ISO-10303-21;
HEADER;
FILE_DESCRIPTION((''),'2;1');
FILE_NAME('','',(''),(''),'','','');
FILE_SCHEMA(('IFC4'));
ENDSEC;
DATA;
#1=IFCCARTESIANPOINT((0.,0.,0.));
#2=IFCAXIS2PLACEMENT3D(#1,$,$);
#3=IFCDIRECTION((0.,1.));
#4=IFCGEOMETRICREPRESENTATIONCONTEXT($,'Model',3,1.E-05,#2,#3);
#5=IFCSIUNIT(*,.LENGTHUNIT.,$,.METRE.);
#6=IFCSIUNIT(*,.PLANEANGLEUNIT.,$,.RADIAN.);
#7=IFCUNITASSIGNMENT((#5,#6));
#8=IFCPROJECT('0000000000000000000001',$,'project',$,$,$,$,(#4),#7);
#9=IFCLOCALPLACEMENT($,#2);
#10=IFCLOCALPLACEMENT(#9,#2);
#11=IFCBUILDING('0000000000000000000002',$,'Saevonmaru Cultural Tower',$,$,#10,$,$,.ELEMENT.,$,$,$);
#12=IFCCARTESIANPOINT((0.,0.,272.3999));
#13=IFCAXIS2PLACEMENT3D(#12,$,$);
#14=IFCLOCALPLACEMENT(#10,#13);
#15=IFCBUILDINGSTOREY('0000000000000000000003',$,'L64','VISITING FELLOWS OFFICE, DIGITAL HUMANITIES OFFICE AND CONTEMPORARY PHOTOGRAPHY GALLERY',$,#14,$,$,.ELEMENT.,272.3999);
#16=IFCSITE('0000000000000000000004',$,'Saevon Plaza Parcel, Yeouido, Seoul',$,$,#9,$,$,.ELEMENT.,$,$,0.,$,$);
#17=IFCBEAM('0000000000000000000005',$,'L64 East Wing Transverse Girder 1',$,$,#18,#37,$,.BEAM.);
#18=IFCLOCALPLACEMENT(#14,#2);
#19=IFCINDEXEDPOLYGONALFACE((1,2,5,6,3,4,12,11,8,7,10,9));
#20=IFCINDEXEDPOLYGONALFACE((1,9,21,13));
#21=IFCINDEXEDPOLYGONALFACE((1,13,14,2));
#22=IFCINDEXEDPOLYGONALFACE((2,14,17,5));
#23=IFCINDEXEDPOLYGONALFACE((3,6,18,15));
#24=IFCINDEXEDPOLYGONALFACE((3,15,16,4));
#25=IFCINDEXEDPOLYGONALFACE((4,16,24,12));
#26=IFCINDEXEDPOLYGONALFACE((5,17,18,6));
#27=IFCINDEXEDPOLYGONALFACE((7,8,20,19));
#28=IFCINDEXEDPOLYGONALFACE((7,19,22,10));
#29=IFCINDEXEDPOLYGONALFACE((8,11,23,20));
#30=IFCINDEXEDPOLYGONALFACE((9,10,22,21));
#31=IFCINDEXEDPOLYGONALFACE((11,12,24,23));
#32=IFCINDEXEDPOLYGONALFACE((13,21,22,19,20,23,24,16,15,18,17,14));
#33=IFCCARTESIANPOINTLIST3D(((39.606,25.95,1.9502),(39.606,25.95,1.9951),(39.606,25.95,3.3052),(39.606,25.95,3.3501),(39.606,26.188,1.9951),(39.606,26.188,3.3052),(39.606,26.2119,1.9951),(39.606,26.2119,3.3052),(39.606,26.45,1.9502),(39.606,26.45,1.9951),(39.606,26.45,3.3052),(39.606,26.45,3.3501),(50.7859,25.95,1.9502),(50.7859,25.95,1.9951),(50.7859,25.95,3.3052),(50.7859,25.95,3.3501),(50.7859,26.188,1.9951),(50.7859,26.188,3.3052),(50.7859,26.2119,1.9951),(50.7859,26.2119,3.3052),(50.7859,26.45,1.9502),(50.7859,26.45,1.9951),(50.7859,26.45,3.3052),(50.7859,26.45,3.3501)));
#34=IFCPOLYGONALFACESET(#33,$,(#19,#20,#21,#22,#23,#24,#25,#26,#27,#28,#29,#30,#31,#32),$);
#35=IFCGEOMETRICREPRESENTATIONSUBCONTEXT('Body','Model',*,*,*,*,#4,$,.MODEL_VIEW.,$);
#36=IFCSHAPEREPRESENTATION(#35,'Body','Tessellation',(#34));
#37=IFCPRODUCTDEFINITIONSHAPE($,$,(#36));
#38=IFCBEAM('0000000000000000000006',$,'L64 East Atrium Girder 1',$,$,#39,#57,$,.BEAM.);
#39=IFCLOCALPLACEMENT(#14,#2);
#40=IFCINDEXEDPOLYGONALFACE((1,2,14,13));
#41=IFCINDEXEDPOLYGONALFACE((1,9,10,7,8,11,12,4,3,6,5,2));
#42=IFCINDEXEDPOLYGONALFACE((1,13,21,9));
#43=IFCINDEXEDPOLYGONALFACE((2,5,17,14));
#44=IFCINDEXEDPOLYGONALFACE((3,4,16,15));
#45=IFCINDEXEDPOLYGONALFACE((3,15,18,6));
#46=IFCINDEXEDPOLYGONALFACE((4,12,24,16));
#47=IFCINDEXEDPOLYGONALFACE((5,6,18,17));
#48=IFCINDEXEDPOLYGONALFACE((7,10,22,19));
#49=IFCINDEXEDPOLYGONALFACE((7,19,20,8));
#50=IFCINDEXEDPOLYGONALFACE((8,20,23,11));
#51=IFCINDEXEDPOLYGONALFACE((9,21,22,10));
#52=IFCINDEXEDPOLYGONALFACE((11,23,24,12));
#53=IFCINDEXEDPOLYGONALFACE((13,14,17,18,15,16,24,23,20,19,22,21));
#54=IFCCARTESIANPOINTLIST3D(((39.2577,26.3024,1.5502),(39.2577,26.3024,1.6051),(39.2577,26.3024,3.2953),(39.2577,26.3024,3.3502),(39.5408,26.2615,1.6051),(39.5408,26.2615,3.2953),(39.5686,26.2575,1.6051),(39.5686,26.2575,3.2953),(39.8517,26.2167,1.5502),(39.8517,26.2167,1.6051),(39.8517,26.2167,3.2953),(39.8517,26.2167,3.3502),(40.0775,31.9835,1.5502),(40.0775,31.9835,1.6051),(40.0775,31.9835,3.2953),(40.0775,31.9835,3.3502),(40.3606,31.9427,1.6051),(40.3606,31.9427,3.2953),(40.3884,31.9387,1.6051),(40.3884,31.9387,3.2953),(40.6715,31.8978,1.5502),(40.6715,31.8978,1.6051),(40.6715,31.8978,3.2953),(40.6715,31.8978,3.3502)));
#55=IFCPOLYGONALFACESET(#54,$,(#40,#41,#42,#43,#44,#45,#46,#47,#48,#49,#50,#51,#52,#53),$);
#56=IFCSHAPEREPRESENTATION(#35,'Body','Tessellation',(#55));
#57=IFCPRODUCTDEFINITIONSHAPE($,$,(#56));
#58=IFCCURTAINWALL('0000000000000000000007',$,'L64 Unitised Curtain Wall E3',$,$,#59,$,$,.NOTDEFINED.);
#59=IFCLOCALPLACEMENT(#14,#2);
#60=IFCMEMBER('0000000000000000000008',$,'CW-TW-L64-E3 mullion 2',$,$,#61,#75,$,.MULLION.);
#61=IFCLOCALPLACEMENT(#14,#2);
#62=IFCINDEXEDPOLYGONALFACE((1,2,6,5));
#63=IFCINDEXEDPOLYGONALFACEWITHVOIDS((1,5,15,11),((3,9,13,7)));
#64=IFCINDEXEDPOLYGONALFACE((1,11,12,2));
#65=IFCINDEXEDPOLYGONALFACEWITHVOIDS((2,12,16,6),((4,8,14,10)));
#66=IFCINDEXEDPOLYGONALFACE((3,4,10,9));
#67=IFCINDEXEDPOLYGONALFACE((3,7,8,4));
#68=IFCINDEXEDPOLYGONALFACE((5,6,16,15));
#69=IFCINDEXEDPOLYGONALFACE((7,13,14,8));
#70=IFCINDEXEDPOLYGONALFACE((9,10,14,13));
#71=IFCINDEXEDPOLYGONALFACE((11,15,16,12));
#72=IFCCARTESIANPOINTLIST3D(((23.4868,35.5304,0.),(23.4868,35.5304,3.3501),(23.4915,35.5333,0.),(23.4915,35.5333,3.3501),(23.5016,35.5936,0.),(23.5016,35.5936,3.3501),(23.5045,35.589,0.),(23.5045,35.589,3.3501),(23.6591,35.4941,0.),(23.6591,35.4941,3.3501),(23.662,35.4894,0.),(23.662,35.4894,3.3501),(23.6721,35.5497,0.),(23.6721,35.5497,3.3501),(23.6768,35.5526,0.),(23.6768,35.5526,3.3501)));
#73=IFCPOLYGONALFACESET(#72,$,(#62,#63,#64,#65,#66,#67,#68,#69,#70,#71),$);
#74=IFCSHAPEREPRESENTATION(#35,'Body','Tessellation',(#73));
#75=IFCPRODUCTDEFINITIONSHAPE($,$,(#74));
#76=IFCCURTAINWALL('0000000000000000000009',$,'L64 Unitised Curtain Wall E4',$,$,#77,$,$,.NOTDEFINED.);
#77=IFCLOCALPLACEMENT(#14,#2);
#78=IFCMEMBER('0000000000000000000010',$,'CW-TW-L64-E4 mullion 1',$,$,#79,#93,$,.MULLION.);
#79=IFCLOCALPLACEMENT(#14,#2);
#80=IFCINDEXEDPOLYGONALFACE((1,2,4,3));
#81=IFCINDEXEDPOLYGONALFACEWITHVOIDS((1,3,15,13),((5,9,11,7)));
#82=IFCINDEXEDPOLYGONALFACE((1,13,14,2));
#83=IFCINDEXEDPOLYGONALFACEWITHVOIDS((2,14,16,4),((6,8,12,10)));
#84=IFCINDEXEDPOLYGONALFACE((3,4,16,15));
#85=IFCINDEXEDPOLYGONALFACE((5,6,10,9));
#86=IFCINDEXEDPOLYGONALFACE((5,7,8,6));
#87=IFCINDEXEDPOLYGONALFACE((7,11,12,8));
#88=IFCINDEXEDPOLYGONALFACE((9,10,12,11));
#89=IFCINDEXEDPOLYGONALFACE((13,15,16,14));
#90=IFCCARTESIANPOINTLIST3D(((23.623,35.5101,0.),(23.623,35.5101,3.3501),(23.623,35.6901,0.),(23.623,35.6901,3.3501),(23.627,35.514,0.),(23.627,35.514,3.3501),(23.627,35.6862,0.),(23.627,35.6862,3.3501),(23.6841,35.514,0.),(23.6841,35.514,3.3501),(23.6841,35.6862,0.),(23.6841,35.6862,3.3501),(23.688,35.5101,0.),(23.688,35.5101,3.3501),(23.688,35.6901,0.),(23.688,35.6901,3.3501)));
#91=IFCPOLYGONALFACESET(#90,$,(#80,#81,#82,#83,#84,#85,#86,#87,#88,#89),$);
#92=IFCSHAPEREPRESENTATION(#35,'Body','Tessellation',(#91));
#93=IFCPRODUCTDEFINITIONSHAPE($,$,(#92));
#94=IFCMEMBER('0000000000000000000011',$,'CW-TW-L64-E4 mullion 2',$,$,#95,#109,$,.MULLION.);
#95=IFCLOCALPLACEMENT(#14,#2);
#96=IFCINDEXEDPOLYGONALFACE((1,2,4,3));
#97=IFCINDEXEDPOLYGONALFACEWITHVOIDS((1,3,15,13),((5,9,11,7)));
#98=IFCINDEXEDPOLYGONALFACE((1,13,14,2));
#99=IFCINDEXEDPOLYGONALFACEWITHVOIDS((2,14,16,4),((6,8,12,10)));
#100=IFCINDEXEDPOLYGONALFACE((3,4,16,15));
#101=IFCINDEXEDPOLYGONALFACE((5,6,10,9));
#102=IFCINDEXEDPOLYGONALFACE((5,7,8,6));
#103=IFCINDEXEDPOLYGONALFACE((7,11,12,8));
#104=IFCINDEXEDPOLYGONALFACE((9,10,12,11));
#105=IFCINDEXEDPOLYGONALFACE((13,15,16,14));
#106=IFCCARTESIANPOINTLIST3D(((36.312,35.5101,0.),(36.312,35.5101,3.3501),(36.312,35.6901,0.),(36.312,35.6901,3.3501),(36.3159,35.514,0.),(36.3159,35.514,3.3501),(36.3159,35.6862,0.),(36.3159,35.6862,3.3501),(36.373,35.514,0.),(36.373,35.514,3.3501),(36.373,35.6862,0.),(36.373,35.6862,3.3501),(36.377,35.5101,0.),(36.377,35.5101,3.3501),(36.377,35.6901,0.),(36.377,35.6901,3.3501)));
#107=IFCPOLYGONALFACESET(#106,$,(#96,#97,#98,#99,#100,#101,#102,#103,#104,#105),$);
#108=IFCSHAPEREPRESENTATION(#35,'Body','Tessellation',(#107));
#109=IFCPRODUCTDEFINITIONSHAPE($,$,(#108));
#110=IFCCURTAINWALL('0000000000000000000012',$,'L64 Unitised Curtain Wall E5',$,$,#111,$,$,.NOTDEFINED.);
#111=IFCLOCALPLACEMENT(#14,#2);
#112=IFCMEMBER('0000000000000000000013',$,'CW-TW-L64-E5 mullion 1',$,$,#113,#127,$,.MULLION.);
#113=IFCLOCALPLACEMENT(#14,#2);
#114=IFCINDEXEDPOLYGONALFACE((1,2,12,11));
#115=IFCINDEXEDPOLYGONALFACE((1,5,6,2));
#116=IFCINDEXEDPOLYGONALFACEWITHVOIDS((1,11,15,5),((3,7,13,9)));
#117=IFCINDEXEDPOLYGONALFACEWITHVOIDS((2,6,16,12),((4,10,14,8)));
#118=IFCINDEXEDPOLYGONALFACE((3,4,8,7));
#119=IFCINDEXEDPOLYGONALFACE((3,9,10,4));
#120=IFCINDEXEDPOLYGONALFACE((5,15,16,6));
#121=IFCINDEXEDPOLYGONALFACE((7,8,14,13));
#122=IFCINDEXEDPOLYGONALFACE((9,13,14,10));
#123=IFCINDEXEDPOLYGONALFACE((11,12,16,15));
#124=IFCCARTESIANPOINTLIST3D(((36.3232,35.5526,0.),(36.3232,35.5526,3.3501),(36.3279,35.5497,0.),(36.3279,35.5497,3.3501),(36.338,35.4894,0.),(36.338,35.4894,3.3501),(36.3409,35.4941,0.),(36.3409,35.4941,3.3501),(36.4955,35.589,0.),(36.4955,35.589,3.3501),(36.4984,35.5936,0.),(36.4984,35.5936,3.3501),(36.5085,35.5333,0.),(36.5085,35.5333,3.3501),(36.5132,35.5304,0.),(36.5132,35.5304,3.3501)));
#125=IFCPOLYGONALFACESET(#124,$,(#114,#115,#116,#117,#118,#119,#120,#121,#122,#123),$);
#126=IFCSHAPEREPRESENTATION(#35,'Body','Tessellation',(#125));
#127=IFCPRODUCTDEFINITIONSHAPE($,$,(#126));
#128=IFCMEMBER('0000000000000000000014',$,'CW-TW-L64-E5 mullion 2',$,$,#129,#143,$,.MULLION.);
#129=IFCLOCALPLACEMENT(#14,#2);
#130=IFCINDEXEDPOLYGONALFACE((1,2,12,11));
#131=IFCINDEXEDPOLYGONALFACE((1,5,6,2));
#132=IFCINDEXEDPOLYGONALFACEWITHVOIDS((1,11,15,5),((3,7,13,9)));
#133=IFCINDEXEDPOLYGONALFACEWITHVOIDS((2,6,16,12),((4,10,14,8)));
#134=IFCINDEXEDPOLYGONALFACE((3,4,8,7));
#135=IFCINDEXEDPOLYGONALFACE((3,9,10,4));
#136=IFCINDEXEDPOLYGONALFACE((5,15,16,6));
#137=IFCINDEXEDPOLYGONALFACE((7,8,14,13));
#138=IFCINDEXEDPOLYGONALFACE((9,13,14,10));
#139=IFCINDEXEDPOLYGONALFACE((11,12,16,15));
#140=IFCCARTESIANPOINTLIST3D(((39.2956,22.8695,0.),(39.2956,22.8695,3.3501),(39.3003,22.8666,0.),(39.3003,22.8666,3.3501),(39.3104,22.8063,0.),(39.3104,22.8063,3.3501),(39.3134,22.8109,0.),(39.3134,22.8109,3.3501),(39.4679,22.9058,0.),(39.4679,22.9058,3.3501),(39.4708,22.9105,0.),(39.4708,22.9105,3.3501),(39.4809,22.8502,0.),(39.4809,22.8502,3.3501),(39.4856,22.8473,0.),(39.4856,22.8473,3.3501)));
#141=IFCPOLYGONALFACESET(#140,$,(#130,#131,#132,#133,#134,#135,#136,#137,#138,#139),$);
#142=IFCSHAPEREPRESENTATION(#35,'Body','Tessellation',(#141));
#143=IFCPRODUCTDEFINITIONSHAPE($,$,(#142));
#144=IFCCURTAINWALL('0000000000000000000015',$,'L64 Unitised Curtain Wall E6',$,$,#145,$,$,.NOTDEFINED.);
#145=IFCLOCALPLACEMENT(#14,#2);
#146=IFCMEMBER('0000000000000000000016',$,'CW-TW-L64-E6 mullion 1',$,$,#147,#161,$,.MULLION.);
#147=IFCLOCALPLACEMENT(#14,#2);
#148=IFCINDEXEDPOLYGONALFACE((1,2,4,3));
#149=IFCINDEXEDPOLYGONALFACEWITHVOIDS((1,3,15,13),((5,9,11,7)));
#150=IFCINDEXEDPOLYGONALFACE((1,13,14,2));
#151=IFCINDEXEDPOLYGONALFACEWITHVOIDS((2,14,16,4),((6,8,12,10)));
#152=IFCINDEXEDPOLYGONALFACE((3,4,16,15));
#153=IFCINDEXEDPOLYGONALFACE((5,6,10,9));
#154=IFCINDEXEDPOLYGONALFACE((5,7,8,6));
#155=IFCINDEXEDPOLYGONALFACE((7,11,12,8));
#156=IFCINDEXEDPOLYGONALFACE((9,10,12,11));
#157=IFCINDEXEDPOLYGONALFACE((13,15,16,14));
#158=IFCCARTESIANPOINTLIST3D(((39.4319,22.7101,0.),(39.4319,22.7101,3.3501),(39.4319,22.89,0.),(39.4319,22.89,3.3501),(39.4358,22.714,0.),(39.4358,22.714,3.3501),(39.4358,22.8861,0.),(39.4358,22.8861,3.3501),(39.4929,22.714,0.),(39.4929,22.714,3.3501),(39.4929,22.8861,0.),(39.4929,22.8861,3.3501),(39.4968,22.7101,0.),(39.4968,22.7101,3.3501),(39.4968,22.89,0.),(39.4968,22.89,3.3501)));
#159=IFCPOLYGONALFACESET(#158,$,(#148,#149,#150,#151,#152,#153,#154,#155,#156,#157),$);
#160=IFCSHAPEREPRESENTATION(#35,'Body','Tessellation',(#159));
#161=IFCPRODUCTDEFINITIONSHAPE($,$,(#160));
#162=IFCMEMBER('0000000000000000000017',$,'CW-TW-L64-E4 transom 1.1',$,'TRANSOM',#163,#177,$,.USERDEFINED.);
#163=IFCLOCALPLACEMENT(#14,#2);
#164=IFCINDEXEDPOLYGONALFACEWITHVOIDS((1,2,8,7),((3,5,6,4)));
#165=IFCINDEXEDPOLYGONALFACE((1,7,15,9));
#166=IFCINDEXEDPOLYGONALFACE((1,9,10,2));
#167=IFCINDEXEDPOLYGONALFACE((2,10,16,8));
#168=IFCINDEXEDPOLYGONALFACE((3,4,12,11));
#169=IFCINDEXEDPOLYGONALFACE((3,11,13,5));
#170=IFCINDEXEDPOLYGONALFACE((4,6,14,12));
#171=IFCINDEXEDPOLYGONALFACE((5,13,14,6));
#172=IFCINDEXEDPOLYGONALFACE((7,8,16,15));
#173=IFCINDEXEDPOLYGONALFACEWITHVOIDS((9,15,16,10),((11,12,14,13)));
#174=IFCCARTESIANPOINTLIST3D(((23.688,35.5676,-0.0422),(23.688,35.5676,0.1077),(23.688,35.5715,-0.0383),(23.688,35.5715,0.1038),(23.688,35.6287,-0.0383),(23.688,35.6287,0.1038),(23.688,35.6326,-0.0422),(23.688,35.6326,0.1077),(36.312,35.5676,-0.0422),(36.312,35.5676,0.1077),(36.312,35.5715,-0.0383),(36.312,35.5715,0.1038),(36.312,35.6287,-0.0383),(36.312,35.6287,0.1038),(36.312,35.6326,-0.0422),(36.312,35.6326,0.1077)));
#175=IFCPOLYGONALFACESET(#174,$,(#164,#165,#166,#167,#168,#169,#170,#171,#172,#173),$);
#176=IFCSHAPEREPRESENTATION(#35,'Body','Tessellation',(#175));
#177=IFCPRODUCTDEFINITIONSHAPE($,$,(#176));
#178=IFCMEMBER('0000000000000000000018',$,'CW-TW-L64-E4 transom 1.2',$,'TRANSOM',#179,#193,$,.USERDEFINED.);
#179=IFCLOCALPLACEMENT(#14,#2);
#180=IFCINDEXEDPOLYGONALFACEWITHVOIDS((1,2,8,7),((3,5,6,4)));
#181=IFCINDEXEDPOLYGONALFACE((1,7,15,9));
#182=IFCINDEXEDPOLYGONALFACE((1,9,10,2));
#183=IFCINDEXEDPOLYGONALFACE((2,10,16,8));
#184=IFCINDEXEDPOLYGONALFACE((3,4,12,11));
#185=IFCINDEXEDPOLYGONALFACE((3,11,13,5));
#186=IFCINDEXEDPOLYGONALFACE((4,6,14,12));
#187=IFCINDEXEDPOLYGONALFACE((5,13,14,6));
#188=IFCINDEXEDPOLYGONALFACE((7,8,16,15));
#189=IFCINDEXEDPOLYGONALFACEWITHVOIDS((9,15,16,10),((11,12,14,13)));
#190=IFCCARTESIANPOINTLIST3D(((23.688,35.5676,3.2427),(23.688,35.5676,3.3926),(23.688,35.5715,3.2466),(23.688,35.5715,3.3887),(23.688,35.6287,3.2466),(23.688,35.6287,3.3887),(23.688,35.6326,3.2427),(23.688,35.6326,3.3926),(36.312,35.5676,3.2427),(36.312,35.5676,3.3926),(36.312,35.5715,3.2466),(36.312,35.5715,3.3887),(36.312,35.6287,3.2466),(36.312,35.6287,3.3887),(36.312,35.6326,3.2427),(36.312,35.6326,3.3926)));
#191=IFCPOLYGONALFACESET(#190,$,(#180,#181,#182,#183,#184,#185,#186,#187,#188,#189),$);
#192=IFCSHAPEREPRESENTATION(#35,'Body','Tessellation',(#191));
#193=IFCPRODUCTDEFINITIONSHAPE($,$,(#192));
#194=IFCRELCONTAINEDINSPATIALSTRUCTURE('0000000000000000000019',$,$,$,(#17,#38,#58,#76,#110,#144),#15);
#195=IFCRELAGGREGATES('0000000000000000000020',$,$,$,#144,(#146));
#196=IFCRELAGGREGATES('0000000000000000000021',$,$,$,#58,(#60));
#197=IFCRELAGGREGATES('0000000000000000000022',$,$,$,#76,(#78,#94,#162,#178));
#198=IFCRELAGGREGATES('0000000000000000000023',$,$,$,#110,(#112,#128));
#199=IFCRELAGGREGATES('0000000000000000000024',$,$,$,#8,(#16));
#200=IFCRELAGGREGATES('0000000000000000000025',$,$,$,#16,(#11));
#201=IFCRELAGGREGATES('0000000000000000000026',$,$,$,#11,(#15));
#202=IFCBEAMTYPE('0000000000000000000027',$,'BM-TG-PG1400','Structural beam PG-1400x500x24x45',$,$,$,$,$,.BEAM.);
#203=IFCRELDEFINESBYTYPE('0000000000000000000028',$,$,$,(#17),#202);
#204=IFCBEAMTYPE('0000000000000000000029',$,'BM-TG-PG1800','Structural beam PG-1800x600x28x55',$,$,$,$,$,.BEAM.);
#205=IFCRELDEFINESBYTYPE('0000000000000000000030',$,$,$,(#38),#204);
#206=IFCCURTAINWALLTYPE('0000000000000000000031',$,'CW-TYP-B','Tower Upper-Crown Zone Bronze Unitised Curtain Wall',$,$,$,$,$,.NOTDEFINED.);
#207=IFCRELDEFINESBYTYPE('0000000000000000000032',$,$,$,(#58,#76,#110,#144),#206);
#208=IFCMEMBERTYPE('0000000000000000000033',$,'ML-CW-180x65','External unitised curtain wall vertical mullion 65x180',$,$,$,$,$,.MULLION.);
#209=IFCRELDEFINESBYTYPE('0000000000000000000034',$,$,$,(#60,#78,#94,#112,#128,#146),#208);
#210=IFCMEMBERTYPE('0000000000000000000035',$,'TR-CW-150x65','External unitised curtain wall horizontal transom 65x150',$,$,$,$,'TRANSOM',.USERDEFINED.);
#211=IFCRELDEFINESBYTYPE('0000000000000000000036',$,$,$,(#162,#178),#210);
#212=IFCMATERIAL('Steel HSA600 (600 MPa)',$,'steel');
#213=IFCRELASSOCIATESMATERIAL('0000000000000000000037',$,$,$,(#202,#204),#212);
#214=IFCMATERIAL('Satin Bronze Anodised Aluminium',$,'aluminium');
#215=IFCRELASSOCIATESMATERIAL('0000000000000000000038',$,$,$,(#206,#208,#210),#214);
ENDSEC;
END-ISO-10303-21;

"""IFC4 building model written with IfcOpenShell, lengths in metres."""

from ifc_helpers import new_model, si_unit, direction, frame, origin, origin_2d, place, context, subcontext, project, spatial, hollow_rectangle, i_section, extrude, material, material_profile, profile_set, type_object, element, aggregate, save


model = new_model("IFC4")

# Units and contexts
model_context = context("Model", 3, precision=1e-05, world=origin(), true_north=direction((0.0, 1.0)))
body_context = subcontext(model_context, "Body", "Model", "MODEL_VIEW")
ifc_project = project(units=[si_unit("LENGTHUNIT", "METRE"), si_unit("PLANEANGLEUNIT", "RADIAN")], contexts=[model_context])

# Site, building, storey
site_placement = place(None, origin())
site = spatial("IfcSite", under=ifc_project, at=site_placement, Name="Saevon Plaza Parcel, Yeouido, Seoul", CompositionType="ELEMENT", RefElevation=0.0)
building_placement = place(site_placement, origin())
building = spatial("IfcBuilding", under=site, at=building_placement, Name="Saevonmaru Cultural Tower", CompositionType="ELEMENT")
storey_placement = place(building_placement, frame((0.0, 0.0, 272.3999)))
storey = spatial("IfcBuildingStorey", under=building, at=storey_placement, Name="L64", Description="VISITING FELLOWS OFFICE, DIGITAL HUMANITIES OFFICE AND CONTEMPORARY PHOTOGRAPHY GALLERY", CompositionType="ELEMENT", Elevation=272.3999)

# Beams
ifc_material_1 = material(Name="Steel HSA600 (600 MPa)", Category="steel")
ifc_material_profile_1 = material_profile(ifc_material_1, i_section(OverallWidth=0.5, OverallDepth=1.3999, WebThickness=0.0239, FlangeThickness=0.0449, at=origin_2d()), Name="PG-1400x500x24x45")
ifc_profile_set_1 = profile_set([ifc_material_profile_1], Name="Steel HSA600 (600 MPa)")
beam_type_1 = type_object("IfcBeamType", Name="BM-TG-PG1400", Description="Structural beam PG-1400x500x24x45", PredefinedType="BEAM", material=ifc_profile_set_1)
beam_1_placement = place(storey_placement, frame((39.606, 26.2, 2.6501), z_axis=(1.0, 0.0, 0.0), x_axis=(0.0, 1.0, 0.0)))
element("IfcBeam", 1, at=beam_1_placement, inside=storey, type_object=beam_type_1, Name="L64 East Wing Transverse Girder 1", PredefinedType="BEAM", context=body_context, shape_type="SweptSolid", body=[
    extrude(i_section(OverallWidth=0.5, OverallDepth=1.3999, WebThickness=0.0239, FlangeThickness=0.0449, at=origin_2d()), origin(), (0.0, 0.0, 1.0), 11.1799),
])
ifc_material_profile_2 = material_profile(ifc_material_1, i_section(OverallWidth=0.6001, OverallDepth=1.8, WebThickness=0.0281, FlangeThickness=0.0549, at=origin_2d()), Name="PG-1800x600x28x55")
ifc_profile_set_2 = profile_set([ifc_material_profile_2], Name="Steel HSA600 (600 MPa)")
beam_type_2 = type_object("IfcBeamType", Name="BM-TG-PG1800", Description="Structural beam PG-1800x600x28x55", PredefinedType="BEAM", material=ifc_profile_set_2)
beam_2_placement = place(storey_placement, frame((39.5547, 26.2595, 2.4502), z_axis=(0.142827, 0.989748, 0.0), x_axis=(-0.989748, 0.142827, 0.0)))
element("IfcBeam", 2, at=beam_2_placement, inside=storey, type_object=beam_type_2, Name="L64 East Atrium Girder 1", PredefinedType="BEAM", context=body_context, shape_type="SweptSolid", body=[
    extrude(i_section(OverallWidth=0.6001, OverallDepth=1.8, WebThickness=0.0281, FlangeThickness=0.0549, at=origin_2d()), origin(), (0.0, 0.0, 1.0), 5.74),
])

# Curtain wall, member
ifc_material_2 = material(Name="Satin Bronze Anodised Aluminium", Category="aluminium")
curtain_wall_type = type_object("IfcCurtainWallType", Name="CW-TYP-B", Description="Tower Upper-Crown Zone Bronze Unitised Curtain Wall", PredefinedType="NOTDEFINED", material=ifc_material_2)
curtain_wall_1_placement = place(storey_placement, origin())
curtain_wall_1 = element("IfcCurtainWall", 3, at=curtain_wall_1_placement, inside=storey, type_object=curtain_wall_type, Name="L64 Unitised Curtain Wall E3", PredefinedType="NOTDEFINED")
ifc_material_profile_3 = material_profile(ifc_material_2, hollow_rectangle(XDim=0.0649, YDim=0.1799, WallThickness=0.0039, at=origin_2d()), Name="ALU-MULL-180x65x4")
ifc_profile_set_3 = profile_set([ifc_material_profile_3], Name="Satin Bronze Anodised Aluminium")
member_type_1 = type_object("IfcMemberType", Name="ML-CW-180x65", Description="External unitised curtain wall vertical mullion 65x180", PredefinedType="MULLION", material=ifc_profile_set_3)
member_1_placement = place(storey_placement, frame((23.5818, 35.5415, 0.0), z_axis=(0.0, 0.0, 1.0), x_axis=(0.22819, 0.973617, 0.0)))
member_1 = element("IfcMember", 4, at=member_1_placement, type_object=member_type_1, Name="CW-TW-L64-E3 mullion 2", PredefinedType="MULLION", context=body_context, shape_type="SweptSolid", body=[
    extrude(hollow_rectangle(XDim=0.0649, YDim=0.1799, WallThickness=0.0039, at=origin_2d()), origin(), (0.0, 0.0, 1.0), 3.3501),
])

# Curtain walls, members
curtain_wall_2_placement = place(storey_placement, origin())
curtain_wall_2 = element("IfcCurtainWall", 5, at=curtain_wall_2_placement, inside=storey, type_object=curtain_wall_type, Name="L64 Unitised Curtain Wall E4", PredefinedType="NOTDEFINED")
member_2_placement = place(storey_placement, frame((23.6555, 35.6001, 0.0), z_axis=(0.0, 0.0, 1.0), x_axis=(1.0, 0.0, 0.0)))
member_2 = element("IfcMember", 6, at=member_2_placement, type_object=member_type_1, Name="CW-TW-L64-E4 mullion 1", PredefinedType="MULLION", context=body_context, shape_type="SweptSolid", body=[
    extrude(hollow_rectangle(XDim=0.0649, YDim=0.1799, WallThickness=0.0039, at=origin_2d()), origin(), (0.0, 0.0, 1.0), 3.3501),
])
member_3_placement = place(storey_placement, frame((36.3445, 35.6001, 0.0), z_axis=(0.0, 0.0, 1.0), x_axis=(1.0, 0.0, 0.0)))
member_3 = element("IfcMember", 7, at=member_3_placement, type_object=member_type_1, Name="CW-TW-L64-E4 mullion 2", PredefinedType="MULLION", context=body_context, shape_type="SweptSolid", body=[
    extrude(hollow_rectangle(XDim=0.0649, YDim=0.1799, WallThickness=0.0039, at=origin_2d()), origin(), (0.0, 0.0, 1.0), 3.3501),
])
curtain_wall_3_placement = place(storey_placement, origin())
curtain_wall_3 = element("IfcCurtainWall", 8, at=curtain_wall_3_placement, inside=storey, type_object=curtain_wall_type, Name="L64 Unitised Curtain Wall E5", PredefinedType="NOTDEFINED")
member_4_placement = place(storey_placement, frame((36.4182, 35.5415, 0.0), z_axis=(0.0, 0.0, 1.0), x_axis=(0.22819, -0.973617, 0.0)))
member_4 = element("IfcMember", 9, at=member_4_placement, type_object=member_type_1, Name="CW-TW-L64-E5 mullion 1", PredefinedType="MULLION", context=body_context, shape_type="SweptSolid", body=[
    extrude(hollow_rectangle(XDim=0.0649, YDim=0.1799, WallThickness=0.0039, at=origin_2d()), origin(), (0.0, 0.0, 1.0), 3.3501),
])
member_5_placement = place(storey_placement, frame((39.3906, 22.8584, 0.0), z_axis=(0.0, 0.0, 1.0), x_axis=(0.22819, -0.973617, 0.0)))
member_5 = element("IfcMember", 10, at=member_5_placement, type_object=member_type_1, Name="CW-TW-L64-E5 mullion 2", PredefinedType="MULLION", context=body_context, shape_type="SweptSolid", body=[
    extrude(hollow_rectangle(XDim=0.0649, YDim=0.1799, WallThickness=0.0039, at=origin_2d()), origin(), (0.0, 0.0, 1.0), 3.3501),
])

# Curtain wall, member
curtain_wall_4_placement = place(storey_placement, origin())
curtain_wall_4 = element("IfcCurtainWall", 11, at=curtain_wall_4_placement, inside=storey, type_object=curtain_wall_type, Name="L64 Unitised Curtain Wall E6", PredefinedType="NOTDEFINED")
member_6_placement = place(storey_placement, frame((39.4644, 22.8, 0.0), z_axis=(0.0, 0.0, 1.0), x_axis=(1.0, 0.0, 0.0)))
member_6 = element("IfcMember", 12, at=member_6_placement, type_object=member_type_1, Name="CW-TW-L64-E6 mullion 1", PredefinedType="MULLION", context=body_context, shape_type="SweptSolid", body=[
    extrude(hollow_rectangle(XDim=0.0649, YDim=0.1799, WallThickness=0.0039, at=origin_2d()), origin(), (0.0, 0.0, 1.0), 3.3501),
])

# Members
ifc_material_profile_4 = material_profile(ifc_material_2, hollow_rectangle(XDim=0.0649, YDim=0.1499, WallThickness=0.0039, at=origin_2d()), Name="ALU-TRAN-150x65x4")
ifc_profile_set_4 = profile_set([ifc_material_profile_4], Name="Satin Bronze Anodised Aluminium")
member_type_2 = type_object("IfcMemberType", Name="TR-CW-150x65", Description="External unitised curtain wall horizontal transom 65x150", ElementType="TRANSOM", PredefinedType="USERDEFINED", material=ifc_profile_set_4)
member_7_placement = place(storey_placement, frame((23.688, 35.6001, 0.0327), z_axis=(1.0, 0.0, 0.0), x_axis=(0.0, 1.0, 0.0)))
member_7 = element("IfcMember", 13, at=member_7_placement, type_object=member_type_2, Name="CW-TW-L64-E4 transom 1.1", ObjectType="TRANSOM", PredefinedType="USERDEFINED", context=body_context, shape_type="SweptSolid", body=[
    extrude(hollow_rectangle(XDim=0.0649, YDim=0.1499, WallThickness=0.0039, at=origin_2d()), origin(), (0.0, 0.0, 1.0), 12.624),
])
member_8_placement = place(storey_placement, frame((23.688, 35.6001, 3.3176), z_axis=(1.0, 0.0, 0.0), x_axis=(0.0, 1.0, 0.0)))
member_8 = element("IfcMember", 14, at=member_8_placement, type_object=member_type_2, Name="CW-TW-L64-E4 transom 1.2", ObjectType="TRANSOM", PredefinedType="USERDEFINED", context=body_context, shape_type="SweptSolid", body=[
    extrude(hollow_rectangle(XDim=0.0649, YDim=0.1499, WallThickness=0.0039, at=origin_2d()), origin(), (0.0, 0.0, 1.0), 12.624),
])
aggregate(curtain_wall_4, [member_6])

aggregate(curtain_wall_1, [member_1])
aggregate(curtain_wall_2, [member_2, member_3, member_7, member_8])
aggregate(curtain_wall_3, [member_4, member_5])

save(model, "model.ifc")
